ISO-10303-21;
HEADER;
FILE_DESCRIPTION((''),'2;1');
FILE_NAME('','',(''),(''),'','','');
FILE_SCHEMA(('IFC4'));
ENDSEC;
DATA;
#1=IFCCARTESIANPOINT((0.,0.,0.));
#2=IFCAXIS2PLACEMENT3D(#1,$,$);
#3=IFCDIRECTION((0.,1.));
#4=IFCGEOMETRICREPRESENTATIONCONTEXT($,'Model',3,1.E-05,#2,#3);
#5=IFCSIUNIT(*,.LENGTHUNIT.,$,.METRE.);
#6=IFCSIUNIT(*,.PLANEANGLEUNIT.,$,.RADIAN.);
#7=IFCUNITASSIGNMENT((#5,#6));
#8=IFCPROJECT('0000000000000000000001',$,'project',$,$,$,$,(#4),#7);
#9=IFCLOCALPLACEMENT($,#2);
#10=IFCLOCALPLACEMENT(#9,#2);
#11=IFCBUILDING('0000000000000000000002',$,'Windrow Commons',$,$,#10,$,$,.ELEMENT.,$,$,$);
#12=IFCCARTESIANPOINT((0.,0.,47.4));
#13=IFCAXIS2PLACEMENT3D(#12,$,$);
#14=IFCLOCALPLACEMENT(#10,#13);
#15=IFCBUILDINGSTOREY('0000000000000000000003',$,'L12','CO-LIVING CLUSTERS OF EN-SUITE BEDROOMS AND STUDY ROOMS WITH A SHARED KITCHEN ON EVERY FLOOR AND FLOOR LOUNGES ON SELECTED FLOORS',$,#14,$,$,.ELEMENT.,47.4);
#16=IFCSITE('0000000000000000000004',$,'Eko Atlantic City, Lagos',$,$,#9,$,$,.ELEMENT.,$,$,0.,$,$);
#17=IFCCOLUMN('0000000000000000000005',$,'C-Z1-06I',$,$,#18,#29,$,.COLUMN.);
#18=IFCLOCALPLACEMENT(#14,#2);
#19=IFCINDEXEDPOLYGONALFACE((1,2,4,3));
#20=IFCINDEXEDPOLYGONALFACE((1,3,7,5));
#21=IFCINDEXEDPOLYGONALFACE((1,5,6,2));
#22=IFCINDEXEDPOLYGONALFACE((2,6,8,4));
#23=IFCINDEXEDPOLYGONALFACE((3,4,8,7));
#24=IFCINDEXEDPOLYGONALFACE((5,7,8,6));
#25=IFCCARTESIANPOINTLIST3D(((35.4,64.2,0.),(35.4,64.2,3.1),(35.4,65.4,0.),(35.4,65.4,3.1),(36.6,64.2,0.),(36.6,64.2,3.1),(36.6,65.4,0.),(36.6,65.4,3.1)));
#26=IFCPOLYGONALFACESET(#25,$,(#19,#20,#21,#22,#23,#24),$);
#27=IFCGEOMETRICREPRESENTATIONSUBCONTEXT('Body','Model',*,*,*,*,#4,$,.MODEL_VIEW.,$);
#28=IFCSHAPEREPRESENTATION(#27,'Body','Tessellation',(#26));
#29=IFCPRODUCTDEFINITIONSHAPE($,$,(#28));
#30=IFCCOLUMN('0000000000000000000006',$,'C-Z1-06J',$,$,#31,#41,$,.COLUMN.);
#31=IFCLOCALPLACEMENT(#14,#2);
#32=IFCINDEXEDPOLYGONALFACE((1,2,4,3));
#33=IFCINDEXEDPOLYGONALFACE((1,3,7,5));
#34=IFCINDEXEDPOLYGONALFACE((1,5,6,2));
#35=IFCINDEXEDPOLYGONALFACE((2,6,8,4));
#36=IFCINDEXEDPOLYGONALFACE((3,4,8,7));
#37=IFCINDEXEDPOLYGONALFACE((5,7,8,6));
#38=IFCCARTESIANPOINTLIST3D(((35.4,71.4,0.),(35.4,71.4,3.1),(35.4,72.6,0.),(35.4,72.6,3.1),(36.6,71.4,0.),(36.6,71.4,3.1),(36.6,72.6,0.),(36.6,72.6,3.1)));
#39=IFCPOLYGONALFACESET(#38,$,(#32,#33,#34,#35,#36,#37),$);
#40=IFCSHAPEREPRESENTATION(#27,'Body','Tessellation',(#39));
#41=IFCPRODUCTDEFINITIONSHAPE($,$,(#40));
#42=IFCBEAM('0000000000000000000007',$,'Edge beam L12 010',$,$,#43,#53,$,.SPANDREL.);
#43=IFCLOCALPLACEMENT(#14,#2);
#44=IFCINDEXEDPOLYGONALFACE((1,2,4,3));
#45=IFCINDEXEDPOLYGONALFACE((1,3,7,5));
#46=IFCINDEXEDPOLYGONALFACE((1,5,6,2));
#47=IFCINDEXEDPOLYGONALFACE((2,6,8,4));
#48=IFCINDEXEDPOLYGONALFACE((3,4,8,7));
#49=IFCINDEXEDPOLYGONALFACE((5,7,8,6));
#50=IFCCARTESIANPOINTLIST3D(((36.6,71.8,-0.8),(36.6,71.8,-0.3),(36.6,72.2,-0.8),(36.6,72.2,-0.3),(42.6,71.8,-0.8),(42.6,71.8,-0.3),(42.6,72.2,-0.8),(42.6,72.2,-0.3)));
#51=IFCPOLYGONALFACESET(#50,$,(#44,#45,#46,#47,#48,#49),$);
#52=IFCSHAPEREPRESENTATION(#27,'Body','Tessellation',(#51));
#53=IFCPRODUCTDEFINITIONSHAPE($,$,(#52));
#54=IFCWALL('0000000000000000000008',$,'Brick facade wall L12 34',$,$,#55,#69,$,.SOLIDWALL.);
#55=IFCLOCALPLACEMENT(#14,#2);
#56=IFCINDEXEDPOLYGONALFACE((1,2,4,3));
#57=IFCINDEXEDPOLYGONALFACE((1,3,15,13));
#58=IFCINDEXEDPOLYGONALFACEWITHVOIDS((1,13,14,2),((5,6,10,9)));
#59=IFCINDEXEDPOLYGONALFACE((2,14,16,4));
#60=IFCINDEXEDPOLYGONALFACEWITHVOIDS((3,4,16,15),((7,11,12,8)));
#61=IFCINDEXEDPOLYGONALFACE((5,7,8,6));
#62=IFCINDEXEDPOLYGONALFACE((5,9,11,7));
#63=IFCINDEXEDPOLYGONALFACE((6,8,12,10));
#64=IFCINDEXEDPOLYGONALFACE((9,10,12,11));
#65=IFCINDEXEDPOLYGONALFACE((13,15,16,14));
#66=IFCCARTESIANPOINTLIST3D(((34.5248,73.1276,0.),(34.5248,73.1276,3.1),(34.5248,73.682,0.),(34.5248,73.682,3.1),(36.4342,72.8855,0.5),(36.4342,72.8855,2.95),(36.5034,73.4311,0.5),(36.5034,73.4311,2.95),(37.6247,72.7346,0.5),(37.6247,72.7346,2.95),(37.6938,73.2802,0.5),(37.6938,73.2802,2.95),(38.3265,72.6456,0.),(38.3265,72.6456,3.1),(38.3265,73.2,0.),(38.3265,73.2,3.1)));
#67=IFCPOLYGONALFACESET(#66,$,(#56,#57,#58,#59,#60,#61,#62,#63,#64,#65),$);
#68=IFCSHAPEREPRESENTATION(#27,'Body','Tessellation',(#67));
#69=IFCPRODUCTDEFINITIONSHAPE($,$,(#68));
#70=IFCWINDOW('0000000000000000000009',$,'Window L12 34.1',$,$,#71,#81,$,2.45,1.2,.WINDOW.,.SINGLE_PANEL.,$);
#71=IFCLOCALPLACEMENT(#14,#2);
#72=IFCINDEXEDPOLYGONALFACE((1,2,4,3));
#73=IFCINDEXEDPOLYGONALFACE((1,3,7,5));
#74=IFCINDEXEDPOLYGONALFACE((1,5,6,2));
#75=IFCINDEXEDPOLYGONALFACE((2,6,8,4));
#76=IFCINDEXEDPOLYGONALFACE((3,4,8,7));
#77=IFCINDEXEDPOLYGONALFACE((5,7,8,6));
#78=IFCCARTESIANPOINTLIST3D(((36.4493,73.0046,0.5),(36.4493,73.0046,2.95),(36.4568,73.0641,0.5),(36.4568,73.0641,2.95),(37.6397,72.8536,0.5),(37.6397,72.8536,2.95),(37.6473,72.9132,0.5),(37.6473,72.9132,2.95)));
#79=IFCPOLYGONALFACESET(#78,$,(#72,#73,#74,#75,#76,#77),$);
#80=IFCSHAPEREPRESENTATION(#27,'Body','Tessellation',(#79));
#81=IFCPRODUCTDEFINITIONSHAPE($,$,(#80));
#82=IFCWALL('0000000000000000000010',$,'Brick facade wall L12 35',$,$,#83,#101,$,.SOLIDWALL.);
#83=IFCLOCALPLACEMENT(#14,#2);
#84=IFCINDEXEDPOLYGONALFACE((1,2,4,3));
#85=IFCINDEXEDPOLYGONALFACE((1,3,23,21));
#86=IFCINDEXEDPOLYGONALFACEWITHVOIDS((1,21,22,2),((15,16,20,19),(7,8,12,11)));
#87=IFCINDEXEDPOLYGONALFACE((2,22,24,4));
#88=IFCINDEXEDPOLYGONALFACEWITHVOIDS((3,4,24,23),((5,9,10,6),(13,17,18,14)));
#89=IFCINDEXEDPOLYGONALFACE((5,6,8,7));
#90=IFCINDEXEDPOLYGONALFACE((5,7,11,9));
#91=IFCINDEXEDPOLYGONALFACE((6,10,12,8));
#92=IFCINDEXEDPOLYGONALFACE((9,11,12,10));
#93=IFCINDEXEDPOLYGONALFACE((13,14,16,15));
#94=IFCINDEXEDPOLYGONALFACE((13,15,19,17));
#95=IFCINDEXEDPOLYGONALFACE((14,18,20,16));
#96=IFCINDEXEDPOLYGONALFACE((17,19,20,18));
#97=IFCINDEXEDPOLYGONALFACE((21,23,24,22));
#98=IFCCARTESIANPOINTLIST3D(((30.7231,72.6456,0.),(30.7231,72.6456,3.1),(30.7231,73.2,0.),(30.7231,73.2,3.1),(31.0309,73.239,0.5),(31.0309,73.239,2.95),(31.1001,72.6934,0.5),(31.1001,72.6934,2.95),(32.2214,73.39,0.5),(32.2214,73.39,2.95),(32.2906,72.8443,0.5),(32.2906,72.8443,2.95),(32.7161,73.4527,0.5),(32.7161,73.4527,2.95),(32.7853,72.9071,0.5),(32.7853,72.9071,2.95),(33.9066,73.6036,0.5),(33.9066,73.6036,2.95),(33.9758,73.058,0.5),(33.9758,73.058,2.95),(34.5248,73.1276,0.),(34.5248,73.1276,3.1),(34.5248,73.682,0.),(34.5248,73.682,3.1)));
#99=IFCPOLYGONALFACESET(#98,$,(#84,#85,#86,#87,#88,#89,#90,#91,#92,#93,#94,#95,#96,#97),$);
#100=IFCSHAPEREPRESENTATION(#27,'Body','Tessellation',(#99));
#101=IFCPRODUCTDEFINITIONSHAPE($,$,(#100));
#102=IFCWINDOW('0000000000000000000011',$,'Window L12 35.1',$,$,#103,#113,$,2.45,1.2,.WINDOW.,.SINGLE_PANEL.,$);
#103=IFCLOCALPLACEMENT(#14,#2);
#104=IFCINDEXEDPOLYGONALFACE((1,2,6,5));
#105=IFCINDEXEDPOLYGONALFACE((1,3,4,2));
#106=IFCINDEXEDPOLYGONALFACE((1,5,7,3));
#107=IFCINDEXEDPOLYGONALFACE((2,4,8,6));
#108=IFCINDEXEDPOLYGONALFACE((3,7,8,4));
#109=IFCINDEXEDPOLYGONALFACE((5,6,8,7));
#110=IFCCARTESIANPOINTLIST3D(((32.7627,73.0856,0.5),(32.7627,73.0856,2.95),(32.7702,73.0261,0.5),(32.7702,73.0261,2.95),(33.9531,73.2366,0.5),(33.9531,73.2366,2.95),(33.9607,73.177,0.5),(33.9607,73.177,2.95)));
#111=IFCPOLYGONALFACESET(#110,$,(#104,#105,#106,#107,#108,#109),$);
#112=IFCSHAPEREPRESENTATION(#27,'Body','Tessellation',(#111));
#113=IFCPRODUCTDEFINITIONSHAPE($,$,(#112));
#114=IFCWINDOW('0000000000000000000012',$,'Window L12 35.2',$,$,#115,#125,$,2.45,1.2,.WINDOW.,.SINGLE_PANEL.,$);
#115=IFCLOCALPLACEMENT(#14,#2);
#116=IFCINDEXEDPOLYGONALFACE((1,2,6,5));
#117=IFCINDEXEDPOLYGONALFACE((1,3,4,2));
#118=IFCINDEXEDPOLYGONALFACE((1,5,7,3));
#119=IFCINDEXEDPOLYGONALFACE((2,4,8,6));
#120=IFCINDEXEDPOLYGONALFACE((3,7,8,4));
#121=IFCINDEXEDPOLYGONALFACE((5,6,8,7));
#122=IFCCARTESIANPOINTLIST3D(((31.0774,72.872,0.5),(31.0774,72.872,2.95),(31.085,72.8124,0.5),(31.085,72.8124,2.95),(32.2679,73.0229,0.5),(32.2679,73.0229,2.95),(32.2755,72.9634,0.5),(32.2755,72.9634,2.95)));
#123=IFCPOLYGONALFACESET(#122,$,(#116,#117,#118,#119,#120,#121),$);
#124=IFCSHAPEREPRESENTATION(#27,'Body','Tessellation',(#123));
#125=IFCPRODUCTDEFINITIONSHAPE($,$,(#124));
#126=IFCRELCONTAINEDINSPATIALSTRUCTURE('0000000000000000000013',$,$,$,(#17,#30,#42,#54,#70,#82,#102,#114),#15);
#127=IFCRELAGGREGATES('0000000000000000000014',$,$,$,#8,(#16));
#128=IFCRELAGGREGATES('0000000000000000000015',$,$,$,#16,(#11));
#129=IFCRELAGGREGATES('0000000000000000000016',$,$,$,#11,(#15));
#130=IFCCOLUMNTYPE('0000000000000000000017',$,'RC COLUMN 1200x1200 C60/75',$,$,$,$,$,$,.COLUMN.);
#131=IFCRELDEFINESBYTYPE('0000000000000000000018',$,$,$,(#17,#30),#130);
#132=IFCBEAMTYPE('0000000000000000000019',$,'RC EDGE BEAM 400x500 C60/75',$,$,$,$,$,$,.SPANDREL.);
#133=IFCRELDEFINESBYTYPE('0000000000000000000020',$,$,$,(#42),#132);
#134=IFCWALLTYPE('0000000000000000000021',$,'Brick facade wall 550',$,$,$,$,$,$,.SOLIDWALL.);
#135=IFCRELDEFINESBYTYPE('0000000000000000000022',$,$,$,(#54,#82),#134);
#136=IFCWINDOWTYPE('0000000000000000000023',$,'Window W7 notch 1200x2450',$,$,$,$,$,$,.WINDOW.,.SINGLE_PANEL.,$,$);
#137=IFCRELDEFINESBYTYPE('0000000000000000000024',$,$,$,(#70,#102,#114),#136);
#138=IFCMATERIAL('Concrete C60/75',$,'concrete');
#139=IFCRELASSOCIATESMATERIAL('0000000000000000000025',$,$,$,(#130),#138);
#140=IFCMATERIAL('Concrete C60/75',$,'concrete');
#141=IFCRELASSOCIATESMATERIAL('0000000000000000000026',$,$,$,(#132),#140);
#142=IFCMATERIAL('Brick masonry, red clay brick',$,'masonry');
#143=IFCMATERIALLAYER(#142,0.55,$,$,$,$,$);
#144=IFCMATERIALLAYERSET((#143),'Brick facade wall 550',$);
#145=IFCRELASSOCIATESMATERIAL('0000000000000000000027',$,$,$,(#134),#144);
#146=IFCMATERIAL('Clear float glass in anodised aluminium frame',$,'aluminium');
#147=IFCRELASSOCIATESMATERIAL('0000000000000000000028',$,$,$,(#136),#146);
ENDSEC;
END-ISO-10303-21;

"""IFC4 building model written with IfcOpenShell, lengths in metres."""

from ifc_helpers import new_model, si_unit, direction, frame, frame_2d, origin, origin_2d, place, context, subcontext, project, spatial, polyline, rectangle, outline, extrude, material, layer, layer_set, material_profile, profile_set, type_object, element, fill, save


model = new_model("IFC4")

# Units and contexts
model_context = context("Model", 3, precision=1e-05, world=origin(), true_north=direction((0.0, 1.0)))
body_context = subcontext(model_context, "Body", "Model", "MODEL_VIEW")
ifc_project = project(units=[si_unit("LENGTHUNIT", "METRE"), si_unit("PLANEANGLEUNIT", "RADIAN")], contexts=[model_context])

# Site, building, storey
site_placement = place(None, origin())
site = spatial("IfcSite", under=ifc_project, at=site_placement, Name="Eko Atlantic City, Lagos", CompositionType="ELEMENT", RefElevation=0.0)
building_placement = place(site_placement, origin())
building = spatial("IfcBuilding", under=site, at=building_placement, Name="Windrow Commons", CompositionType="ELEMENT")
storey_placement = place(building_placement, frame((0.0, 0.0, 47.4)))
storey = spatial("IfcBuildingStorey", under=building, at=storey_placement, Name="L12", Description="CO-LIVING CLUSTERS OF EN-SUITE BEDROOMS AND STUDY ROOMS WITH A SHARED KITCHEN ON EVERY FLOOR AND FLOOR LOUNGES ON SELECTED FLOORS", CompositionType="ELEMENT", Elevation=47.4)

# Columns
ifc_material_1 = material(Name="Concrete C60/75", Category="concrete")
ifc_material_profile_1 = material_profile(ifc_material_1, rectangle(XDim=1.2, YDim=1.2, at=origin_2d()))
ifc_profile_set_1 = profile_set([ifc_material_profile_1], Name="Concrete C60/75")
column_type = type_object("IfcColumnType", Name="RC COLUMN 1200x1200 C60/75", PredefinedType="COLUMN", material=ifc_profile_set_1)
for number, where, z_axis, x_axis, name in (
    (1, (36.0, 64.8, 0.0), (0.0, 0.0, 1.0), (1.0, 0.0, 0.0), "C-Z1-06I"),
    (2, (36.0, 72.0, 0.0), (0.0, 0.0, 1.0), (1.0, 0.0, 0.0), "C-Z1-06J"),
):
    element("IfcColumn", number, at=place(storey_placement, frame(where, z_axis=z_axis, x_axis=x_axis)), inside=storey, type_object=column_type, Name=name, PredefinedType="COLUMN", context=body_context, shape_type="SweptSolid", body=[
        extrude(rectangle(XDim=1.2, YDim=1.2, at=origin_2d()), origin(), (0.0, 0.0, 1.0), 3.1),
    ])

# Beam
ifc_material_2 = material(Name="Concrete C60/75", Category="concrete")
ifc_material_profile_2 = material_profile(ifc_material_2, rectangle(XDim=0.4, YDim=0.5, at=origin_2d()))
ifc_profile_set_2 = profile_set([ifc_material_profile_2], Name="Concrete C60/75")
beam_type = type_object("IfcBeamType", Name="RC EDGE BEAM 400x500 C60/75", PredefinedType="SPANDREL", material=ifc_profile_set_2)
beam_placement = place(storey_placement, frame((36.6, 72.0, -0.55), z_axis=(1.0, 0.0, 0.0), x_axis=(0.0, 1.0, 0.0)))
element("IfcBeam", 3, at=beam_placement, inside=storey, type_object=beam_type, Name="Edge beam L12 010", PredefinedType="SPANDREL", context=body_context, shape_type="SweptSolid", body=[
    extrude(rectangle(XDim=0.4, YDim=0.5, at=origin_2d()), origin(), (0.0, 0.0, 1.0), 6.0),
])

# Wall, opening, window
ifc_material_3 = material(Name="Brick masonry, red clay brick", Category="masonry")
ifc_layer_1 = layer(ifc_material_3, 0.55)
ifc_layer_set_1 = layer_set([ifc_layer_1], Name="Brick facade wall 550")
wall_type_1 = type_object("IfcWallType", Name="Brick facade wall 550", PredefinedType="SOLIDWALL", material=ifc_layer_set_1)
wall_1_placement = place(storey_placement, frame((38.3265, 72.9228, 0.0), z_axis=(0.0, 0.0, 1.0), x_axis=(-0.992058, 0.125779, 0.0)))
wall_1 = element("IfcWall", 4, at=wall_1_placement, inside=storey, type_object=wall_type_1, Name="Brick facade wall L12 34", PredefinedType="SOLIDWALL", context=body_context, shape_type="SweptSolid", body=[
    extrude(outline(polyline([(0.0349, -0.275), (3.867, -0.275), (3.7973, 0.275), (-0.0349, 0.275), (0.0349, -0.275)])), origin(), (0.0, 0.0, 1.0), 3.1),
])
opening_1_placement = place(wall_1_placement, frame((0.6726, 0.0, 0.5)))
opening_1 = element("IfcOpeningElement", 5, at=opening_1_placement, cuts=wall_1, PredefinedType="OPENING", context=body_context, shape_type="SweptSolid", body=[
    extrude(rectangle(XDim=1.2, YDim=2.45, at=frame_2d((0.6, 1.225))), frame((0.0, 0.285, 0.0), z_axis=(0.0, -1.0, 0.0), x_axis=(1.0, 0.0, 0.0)), (0.0, 0.0, 1.0), 0.57),
])
ifc_material_4 = material(Name="Clear float glass in anodised aluminium frame", Category="aluminium")
window_type = type_object("IfcWindowType", Name="Window W7 notch 1200x2450", PartitioningType="SINGLE_PANEL", PredefinedType="WINDOW", material=ifc_material_4)
window_1_placement = place(opening_1_placement, origin())
window_1 = element("IfcWindow", 6, at=window_1_placement, inside=storey, type_object=window_type, Name="Window L12 34.1", OverallHeight=2.45, OverallWidth=1.2, PartitioningType="SINGLE_PANEL", PredefinedType="WINDOW", context=body_context, shape_type="SweptSolid", body=[
    extrude(rectangle(XDim=1.2, YDim=2.45, at=frame_2d((0.6, 1.225))), frame((0.0, 0.155, 0.0), z_axis=(0.0, -1.0, 0.0), x_axis=(1.0, 0.0, 0.0)), (0.0, 0.0, 1.0), 0.06),
])
fill(opening_1, window_1)

# Wall, openings, windows
wall_2_placement = place(storey_placement, frame((34.5248, 73.4048, 0.0), z_axis=(0.0, 0.0, 1.0), x_axis=(-0.992058, -0.125779, 0.0)))
wall_2 = element("IfcWall", 7, at=wall_2_placement, inside=storey, type_object=wall_type_1, Name="Brick facade wall L12 35", PredefinedType="SOLIDWALL", context=body_context, shape_type="SweptSolid", body=[
    extrude(outline(polyline([(-0.0349, -0.275), (3.7973, -0.275), (3.867, 0.275), (0.0349, 0.275), (-0.0349, -0.275)])), origin(), (0.0, 0.0, 1.0), 3.1),
])
opening_2_placement = place(wall_2_placement, frame((0.5883, 0.0, 0.5)))
opening_2 = element("IfcOpeningElement", 8, at=opening_2_placement, cuts=wall_2, PredefinedType="OPENING", context=body_context, shape_type="SweptSolid", body=[
    extrude(rectangle(XDim=1.2, YDim=2.45, at=frame_2d((0.6, 1.225))), frame((0.0, 0.285, 0.0), z_axis=(0.0, -1.0, 0.0), x_axis=(1.0, 0.0, 0.0)), (0.0, 0.0, 1.0), 0.57),
])
opening_3_placement = place(wall_2_placement, frame((2.287, 0.0, 0.5)))
opening_3 = element("IfcOpeningElement", 9, at=opening_3_placement, cuts=wall_2, PredefinedType="OPENING", context=body_context, shape_type="SweptSolid", body=[
    extrude(rectangle(XDim=1.2, YDim=2.45, at=frame_2d((0.6, 1.225))), frame((0.0, 0.285, 0.0), z_axis=(0.0, -1.0, 0.0), x_axis=(1.0, 0.0, 0.0)), (0.0, 0.0, 1.0), 0.57),
])
window_2_placement = place(opening_2_placement, origin())
window_2 = element("IfcWindow", 10, at=window_2_placement, inside=storey, type_object=window_type, Name="Window L12 35.1", OverallHeight=2.45, OverallWidth=1.2, PartitioningType="SINGLE_PANEL", PredefinedType="WINDOW", context=body_context, shape_type="SweptSolid", body=[
    extrude(rectangle(XDim=1.2, YDim=2.45, at=frame_2d((0.6, 1.225))), frame((0.0, 0.155, 0.0), z_axis=(0.0, -1.0, 0.0), x_axis=(1.0, 0.0, 0.0)), (0.0, 0.0, 1.0), 0.06),
])
fill(opening_2, window_2)
window_3_placement = place(opening_3_placement, origin())
window_3 = element("IfcWindow", 11, at=window_3_placement, inside=storey, type_object=window_type, Name="Window L12 35.2", OverallHeight=2.45, OverallWidth=1.2, PartitioningType="SINGLE_PANEL", PredefinedType="WINDOW", context=body_context, shape_type="SweptSolid", body=[
    extrude(rectangle(XDim=1.2, YDim=2.45, at=frame_2d((0.6, 1.225))), frame((0.0, 0.155, 0.0), z_axis=(0.0, -1.0, 0.0), x_axis=(1.0, 0.0, 0.0)), (0.0, 0.0, 1.0), 0.06),
])
fill(opening_3, window_3)

save(model, "model.ifc")
